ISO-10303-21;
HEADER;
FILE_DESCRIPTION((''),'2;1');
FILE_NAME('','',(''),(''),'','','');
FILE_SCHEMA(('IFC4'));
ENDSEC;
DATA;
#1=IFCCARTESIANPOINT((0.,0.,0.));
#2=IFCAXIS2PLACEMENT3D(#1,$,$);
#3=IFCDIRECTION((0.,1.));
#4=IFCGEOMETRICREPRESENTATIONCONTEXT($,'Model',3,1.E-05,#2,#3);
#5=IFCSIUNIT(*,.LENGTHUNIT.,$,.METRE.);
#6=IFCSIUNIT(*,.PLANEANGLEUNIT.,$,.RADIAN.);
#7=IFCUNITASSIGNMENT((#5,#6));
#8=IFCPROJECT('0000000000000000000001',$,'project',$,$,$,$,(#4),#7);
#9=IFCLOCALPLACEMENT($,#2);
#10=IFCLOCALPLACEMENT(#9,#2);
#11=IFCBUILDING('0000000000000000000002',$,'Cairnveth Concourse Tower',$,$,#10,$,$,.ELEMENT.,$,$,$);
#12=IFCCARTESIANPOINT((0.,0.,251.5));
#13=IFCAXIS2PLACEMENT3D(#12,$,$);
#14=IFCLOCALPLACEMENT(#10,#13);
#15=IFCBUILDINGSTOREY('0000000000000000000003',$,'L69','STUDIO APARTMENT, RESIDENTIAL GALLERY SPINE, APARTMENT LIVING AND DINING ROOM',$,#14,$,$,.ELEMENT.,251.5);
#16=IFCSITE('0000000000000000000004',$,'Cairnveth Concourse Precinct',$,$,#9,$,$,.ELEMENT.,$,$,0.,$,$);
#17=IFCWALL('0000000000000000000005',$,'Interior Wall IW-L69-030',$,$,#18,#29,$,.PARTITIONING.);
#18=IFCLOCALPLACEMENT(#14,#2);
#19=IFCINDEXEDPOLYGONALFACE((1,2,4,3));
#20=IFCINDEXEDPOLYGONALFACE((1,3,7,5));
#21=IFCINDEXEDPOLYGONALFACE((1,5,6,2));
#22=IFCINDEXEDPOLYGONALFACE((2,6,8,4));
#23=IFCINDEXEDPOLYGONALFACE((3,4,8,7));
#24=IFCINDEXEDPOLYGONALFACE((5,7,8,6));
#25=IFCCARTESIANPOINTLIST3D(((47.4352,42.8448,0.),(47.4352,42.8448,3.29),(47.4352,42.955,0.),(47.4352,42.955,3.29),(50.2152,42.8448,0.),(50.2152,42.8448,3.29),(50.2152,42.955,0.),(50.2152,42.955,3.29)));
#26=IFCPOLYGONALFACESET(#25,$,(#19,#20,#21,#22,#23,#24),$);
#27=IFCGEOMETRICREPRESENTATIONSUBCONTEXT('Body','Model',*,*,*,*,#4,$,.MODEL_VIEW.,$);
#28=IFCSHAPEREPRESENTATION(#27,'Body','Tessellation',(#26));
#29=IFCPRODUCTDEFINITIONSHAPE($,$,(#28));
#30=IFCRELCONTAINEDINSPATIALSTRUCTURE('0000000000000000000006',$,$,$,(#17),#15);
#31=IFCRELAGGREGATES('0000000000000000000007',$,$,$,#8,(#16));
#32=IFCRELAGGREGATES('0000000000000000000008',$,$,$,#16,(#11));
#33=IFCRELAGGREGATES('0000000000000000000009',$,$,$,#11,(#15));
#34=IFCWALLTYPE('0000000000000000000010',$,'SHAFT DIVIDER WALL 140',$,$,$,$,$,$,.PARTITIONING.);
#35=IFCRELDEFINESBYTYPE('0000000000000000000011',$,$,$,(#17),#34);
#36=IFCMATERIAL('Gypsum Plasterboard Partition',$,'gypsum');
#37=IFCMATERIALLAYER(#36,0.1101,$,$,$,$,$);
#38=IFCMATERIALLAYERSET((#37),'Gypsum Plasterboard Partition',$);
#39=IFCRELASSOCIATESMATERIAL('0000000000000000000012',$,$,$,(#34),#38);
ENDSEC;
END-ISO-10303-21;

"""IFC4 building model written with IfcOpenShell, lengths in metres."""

from ifc_helpers import new_model, si_unit, direction, frame, frame_2d, origin, place, context, subcontext, project, spatial, rectangle, extrude, material, layer, layer_set, type_object, element, save


model = new_model("IFC4")

# Units and contexts
model_context = context("Model", 3, precision=1e-05, world=origin(), true_north=direction((0.0, 1.0)))
body_context = subcontext(model_context, "Body", "Model", "MODEL_VIEW")
ifc_project = project(units=[si_unit("LENGTHUNIT", "METRE"), si_unit("PLANEANGLEUNIT", "RADIAN")], contexts=[model_context])

# Site, building, storey
site_placement = place(None, origin())
site = spatial("IfcSite", under=ifc_project, at=site_placement, Name="Cairnveth Concourse Precinct", CompositionType="ELEMENT", RefElevation=0.0)
building_placement = place(site_placement, origin())
building = spatial("IfcBuilding", under=site, at=building_placement, Name="Cairnveth Concourse Tower", CompositionType="ELEMENT")
storey_placement = place(building_placement, frame((0.0, 0.0, 251.5)))
storey = spatial("IfcBuildingStorey", under=building, at=storey_placement, Name="L69", Description="STUDIO APARTMENT, RESIDENTIAL GALLERY SPINE, APARTMENT LIVING AND DINING ROOM", CompositionType="ELEMENT", Elevation=251.5)

# Wall
ifc_material_1 = material(Name="Gypsum Plasterboard Partition", Category="gypsum")
ifc_layer_1 = layer(ifc_material_1, 0.1101)
ifc_layer_set_1 = layer_set([ifc_layer_1], Name="Gypsum Plasterboard Partition")
wall_type_1 = type_object("IfcWallType", Name="SHAFT DIVIDER WALL 140", PredefinedType="PARTITIONING", material=ifc_layer_set_1)
wall_1_placement = place(storey_placement, frame((47.4351, 42.8999, 0.0), z_axis=(0.0, 0.0, 1.0), x_axis=(1.0, 0.0, 0.0)))
element("IfcWall", 1, at=wall_1_placement, inside=storey, type_object=wall_type_1, Name="Interior Wall IW-L69-030", PredefinedType="PARTITIONING", context=body_context, shape_type="SweptSolid", body=[
    extrude(rectangle(XDim=2.78, YDim=0.1101, at=frame_2d((1.3901, 0.0))), origin(), (0.0, 0.0, 1.0), 3.29),
])

save(model, "model.ifc")
